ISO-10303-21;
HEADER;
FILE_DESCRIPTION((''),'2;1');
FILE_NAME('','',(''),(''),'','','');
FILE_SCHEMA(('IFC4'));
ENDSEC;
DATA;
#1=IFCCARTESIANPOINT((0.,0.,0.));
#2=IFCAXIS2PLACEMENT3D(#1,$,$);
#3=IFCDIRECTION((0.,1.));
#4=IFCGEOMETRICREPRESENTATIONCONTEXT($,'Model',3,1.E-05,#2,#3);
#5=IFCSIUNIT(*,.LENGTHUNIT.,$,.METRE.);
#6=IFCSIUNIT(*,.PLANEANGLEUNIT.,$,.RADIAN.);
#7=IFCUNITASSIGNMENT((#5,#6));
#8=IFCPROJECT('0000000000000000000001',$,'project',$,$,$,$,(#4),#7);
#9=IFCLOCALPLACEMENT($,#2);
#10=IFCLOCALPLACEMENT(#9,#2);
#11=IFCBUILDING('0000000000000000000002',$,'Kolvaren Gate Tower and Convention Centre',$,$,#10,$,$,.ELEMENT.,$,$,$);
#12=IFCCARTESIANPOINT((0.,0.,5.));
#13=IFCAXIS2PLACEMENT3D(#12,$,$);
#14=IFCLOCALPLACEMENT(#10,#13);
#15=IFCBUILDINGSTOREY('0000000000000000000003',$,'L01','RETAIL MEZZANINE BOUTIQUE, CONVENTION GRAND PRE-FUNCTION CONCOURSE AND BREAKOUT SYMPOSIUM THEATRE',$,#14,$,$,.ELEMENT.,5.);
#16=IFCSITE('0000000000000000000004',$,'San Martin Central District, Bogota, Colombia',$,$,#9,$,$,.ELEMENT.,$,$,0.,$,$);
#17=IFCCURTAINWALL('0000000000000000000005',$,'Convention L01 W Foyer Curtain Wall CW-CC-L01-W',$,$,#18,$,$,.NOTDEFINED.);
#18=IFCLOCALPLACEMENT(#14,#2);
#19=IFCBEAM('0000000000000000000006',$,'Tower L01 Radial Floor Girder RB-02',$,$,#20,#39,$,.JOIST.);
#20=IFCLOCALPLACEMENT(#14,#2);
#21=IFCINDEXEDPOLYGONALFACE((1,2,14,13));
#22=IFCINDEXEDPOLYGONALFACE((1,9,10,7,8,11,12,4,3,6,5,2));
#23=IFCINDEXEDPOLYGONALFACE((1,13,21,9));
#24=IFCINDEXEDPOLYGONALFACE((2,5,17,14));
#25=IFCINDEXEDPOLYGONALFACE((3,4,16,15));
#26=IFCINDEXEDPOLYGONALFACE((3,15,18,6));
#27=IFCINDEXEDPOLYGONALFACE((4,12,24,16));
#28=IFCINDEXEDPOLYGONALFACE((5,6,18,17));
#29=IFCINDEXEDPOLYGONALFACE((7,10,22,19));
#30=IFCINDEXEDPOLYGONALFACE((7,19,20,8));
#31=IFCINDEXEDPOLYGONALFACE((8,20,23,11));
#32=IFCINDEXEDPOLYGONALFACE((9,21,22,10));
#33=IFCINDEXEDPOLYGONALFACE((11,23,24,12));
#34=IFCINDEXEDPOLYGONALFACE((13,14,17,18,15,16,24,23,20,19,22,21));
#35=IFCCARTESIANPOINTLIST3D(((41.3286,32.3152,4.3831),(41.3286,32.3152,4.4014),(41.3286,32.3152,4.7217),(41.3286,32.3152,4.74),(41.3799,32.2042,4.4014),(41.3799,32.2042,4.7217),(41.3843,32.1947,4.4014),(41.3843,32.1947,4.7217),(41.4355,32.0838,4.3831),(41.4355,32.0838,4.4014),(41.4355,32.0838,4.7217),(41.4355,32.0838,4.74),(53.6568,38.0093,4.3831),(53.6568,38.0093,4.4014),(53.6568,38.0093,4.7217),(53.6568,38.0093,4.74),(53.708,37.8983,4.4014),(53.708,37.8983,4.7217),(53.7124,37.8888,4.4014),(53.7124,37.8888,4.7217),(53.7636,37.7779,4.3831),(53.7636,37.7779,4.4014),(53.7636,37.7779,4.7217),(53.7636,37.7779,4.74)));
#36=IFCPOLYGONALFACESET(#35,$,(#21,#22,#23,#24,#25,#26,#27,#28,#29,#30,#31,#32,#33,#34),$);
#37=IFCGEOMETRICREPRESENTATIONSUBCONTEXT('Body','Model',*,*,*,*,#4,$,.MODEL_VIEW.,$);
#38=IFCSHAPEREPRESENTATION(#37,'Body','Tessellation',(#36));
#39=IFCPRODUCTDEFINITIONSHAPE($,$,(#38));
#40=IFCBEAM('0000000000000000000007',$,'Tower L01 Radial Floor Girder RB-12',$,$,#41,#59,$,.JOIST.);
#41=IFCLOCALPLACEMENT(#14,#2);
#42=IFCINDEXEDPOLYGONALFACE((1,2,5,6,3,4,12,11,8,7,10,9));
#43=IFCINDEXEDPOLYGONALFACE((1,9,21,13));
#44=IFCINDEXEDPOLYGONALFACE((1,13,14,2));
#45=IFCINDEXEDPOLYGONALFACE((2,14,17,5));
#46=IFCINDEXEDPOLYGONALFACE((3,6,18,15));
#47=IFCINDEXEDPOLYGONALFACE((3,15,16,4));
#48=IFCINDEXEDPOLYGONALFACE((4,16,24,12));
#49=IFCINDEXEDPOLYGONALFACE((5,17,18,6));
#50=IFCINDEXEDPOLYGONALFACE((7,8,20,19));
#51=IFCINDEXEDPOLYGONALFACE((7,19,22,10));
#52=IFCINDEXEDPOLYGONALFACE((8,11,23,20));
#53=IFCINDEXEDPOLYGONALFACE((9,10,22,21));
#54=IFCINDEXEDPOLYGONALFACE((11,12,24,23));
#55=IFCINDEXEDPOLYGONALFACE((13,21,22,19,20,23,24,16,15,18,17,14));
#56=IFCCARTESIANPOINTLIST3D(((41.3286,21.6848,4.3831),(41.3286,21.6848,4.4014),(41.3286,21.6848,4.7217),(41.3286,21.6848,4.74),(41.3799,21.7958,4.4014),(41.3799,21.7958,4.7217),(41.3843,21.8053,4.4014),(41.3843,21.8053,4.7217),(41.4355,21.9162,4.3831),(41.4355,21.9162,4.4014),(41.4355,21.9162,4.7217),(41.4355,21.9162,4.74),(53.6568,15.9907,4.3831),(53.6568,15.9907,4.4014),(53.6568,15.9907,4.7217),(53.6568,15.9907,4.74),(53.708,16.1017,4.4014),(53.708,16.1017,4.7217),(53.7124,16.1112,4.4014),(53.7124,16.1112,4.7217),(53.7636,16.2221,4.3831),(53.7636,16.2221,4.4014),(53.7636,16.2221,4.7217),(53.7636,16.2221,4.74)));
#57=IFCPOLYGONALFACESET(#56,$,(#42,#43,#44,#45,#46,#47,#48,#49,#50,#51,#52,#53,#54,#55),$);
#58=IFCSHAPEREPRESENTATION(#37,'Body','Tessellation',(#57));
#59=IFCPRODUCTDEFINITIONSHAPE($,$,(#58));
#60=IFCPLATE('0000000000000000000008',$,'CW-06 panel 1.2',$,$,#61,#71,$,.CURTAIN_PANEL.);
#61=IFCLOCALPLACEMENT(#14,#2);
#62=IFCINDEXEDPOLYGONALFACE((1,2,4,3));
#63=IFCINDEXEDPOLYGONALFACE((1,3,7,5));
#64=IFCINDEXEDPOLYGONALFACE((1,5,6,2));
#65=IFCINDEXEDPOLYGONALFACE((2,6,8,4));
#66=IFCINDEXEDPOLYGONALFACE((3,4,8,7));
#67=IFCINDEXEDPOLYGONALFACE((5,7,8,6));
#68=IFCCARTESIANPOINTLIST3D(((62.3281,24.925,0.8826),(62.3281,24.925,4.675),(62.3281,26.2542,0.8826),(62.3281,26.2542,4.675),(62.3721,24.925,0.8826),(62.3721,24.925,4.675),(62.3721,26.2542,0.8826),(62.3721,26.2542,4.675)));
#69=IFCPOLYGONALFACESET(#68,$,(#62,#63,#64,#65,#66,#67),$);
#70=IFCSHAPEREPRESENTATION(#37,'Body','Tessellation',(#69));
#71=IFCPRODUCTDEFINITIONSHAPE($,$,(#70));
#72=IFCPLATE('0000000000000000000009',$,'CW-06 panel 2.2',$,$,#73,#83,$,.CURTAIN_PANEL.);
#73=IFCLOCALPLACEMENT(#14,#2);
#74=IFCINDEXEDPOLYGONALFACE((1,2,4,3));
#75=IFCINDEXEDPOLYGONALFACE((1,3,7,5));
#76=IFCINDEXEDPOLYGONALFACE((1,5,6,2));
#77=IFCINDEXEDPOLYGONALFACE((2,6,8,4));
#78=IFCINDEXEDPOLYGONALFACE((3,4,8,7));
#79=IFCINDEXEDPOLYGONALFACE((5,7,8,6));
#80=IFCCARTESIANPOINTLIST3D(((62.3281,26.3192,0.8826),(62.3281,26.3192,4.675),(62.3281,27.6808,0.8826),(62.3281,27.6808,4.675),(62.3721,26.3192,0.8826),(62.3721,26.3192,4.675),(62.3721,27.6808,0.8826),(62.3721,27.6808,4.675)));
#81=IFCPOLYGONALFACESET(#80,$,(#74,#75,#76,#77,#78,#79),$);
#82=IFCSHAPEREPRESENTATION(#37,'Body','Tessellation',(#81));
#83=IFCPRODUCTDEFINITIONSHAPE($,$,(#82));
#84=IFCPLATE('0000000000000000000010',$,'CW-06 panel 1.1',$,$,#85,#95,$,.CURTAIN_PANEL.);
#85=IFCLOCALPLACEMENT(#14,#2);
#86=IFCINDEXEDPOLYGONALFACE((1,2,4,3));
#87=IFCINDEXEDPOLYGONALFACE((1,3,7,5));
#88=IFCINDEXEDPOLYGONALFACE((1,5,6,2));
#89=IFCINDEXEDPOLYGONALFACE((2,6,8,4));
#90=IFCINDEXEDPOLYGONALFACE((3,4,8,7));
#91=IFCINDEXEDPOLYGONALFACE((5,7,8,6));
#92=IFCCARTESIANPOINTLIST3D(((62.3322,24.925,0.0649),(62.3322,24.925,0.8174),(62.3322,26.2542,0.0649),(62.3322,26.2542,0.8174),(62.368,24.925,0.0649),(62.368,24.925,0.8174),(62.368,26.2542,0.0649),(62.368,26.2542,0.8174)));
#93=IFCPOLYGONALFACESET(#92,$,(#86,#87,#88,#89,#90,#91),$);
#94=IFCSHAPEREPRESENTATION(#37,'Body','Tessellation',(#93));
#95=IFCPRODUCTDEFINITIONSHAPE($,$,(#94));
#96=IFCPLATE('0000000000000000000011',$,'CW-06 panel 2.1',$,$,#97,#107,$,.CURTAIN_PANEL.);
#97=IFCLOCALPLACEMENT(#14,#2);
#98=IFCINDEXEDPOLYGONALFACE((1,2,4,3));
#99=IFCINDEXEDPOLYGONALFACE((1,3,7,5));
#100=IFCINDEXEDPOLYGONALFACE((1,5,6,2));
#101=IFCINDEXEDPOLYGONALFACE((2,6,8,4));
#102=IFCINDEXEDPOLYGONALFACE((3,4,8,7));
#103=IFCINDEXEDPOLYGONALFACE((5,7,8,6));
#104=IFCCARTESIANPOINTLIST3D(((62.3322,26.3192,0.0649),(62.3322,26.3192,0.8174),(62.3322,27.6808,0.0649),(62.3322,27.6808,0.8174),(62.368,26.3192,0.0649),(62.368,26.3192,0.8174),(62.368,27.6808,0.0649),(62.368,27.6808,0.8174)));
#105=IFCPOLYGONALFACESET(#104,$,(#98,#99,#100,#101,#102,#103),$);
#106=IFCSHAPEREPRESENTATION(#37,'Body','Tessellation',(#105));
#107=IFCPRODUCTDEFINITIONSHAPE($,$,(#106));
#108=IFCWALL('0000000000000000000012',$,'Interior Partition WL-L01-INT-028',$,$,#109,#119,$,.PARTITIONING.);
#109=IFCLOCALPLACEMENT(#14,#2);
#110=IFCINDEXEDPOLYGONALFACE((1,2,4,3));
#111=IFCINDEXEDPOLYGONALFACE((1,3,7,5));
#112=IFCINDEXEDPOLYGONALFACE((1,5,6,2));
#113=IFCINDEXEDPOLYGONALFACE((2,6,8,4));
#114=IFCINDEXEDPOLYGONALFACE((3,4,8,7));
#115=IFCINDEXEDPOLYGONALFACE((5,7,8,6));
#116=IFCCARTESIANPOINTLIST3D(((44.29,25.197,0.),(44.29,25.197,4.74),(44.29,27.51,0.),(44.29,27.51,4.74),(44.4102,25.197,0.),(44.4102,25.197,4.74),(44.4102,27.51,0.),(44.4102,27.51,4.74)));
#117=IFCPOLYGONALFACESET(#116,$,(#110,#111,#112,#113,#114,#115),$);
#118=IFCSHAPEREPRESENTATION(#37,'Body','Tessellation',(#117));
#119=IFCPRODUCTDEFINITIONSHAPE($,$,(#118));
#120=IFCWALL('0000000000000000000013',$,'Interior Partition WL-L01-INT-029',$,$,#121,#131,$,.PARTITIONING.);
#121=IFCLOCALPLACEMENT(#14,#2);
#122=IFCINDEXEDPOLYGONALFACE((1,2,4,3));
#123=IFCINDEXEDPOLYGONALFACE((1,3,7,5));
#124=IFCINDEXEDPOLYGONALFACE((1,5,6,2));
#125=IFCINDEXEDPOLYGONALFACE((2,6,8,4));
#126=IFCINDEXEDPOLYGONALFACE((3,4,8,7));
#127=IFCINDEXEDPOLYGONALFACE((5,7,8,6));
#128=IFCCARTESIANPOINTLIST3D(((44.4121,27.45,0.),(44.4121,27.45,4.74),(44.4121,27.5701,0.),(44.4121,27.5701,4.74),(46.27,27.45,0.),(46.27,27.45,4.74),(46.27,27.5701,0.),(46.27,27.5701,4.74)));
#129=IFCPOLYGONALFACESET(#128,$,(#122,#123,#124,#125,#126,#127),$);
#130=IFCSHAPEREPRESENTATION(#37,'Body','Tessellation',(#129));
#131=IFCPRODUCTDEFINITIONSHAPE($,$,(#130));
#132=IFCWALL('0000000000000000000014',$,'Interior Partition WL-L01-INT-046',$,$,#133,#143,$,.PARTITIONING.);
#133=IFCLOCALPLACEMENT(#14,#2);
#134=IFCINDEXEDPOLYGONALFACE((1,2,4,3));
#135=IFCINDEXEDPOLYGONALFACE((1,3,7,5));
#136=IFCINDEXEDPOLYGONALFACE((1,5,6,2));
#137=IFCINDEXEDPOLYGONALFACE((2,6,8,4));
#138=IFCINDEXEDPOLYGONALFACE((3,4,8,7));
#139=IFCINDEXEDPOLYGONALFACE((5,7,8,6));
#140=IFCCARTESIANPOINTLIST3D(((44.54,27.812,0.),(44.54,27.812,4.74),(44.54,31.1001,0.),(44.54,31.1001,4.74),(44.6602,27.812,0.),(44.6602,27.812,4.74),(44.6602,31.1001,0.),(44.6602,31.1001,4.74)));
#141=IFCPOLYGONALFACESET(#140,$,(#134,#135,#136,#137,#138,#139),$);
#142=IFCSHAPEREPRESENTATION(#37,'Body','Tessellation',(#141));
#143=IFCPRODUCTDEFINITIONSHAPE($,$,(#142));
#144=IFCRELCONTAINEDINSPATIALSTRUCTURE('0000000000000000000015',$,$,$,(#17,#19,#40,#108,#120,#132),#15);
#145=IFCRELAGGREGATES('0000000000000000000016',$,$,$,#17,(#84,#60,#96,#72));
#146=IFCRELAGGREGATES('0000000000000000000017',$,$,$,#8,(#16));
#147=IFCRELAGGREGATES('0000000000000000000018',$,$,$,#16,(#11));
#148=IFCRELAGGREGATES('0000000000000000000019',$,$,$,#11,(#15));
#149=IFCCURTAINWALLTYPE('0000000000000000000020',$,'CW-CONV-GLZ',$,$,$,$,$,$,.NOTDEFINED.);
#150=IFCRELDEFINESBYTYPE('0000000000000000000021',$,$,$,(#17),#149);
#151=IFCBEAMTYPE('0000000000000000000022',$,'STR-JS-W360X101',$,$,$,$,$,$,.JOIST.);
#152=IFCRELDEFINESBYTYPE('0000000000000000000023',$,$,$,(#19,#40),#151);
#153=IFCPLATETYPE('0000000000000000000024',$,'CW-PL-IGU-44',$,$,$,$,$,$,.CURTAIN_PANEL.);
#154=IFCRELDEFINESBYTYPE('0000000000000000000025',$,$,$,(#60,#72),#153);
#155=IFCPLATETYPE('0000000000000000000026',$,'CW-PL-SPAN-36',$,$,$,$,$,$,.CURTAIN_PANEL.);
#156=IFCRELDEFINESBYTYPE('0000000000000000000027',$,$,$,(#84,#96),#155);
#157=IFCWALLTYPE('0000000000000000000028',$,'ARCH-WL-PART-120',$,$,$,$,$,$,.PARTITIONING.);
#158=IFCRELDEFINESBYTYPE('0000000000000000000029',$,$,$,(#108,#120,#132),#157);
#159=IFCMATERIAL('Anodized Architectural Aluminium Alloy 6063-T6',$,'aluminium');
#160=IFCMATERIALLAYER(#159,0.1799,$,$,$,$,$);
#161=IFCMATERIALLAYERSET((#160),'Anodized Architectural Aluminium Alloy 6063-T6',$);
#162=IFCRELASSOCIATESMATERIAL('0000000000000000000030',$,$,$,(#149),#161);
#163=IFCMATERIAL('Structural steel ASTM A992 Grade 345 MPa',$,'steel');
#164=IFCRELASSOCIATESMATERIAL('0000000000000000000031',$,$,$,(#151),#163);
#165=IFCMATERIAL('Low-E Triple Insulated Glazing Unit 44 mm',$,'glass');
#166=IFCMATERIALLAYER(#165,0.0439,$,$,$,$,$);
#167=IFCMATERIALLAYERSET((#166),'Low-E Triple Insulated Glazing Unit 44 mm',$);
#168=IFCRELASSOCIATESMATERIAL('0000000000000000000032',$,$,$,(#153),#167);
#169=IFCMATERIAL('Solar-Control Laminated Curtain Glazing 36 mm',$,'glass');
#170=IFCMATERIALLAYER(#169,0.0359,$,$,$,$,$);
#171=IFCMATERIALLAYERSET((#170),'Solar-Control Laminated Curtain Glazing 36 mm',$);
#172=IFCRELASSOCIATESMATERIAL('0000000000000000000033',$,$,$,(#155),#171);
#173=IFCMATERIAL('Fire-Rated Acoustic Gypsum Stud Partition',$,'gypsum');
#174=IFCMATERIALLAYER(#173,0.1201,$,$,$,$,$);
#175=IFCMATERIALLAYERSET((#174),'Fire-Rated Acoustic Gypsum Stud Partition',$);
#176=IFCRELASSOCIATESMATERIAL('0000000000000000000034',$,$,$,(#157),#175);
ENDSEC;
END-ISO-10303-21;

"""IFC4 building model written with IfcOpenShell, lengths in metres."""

from ifc_helpers import new_model, si_unit, direction, frame, frame_2d, origin, origin_2d, place, context, subcontext, project, spatial, rectangle, i_section, extrude, material, layer, layer_set, material_profile, profile_set, type_object, element, aggregate, save


model = new_model("IFC4")

# Units and contexts
model_context = context("Model", 3, precision=1e-05, world=origin(), true_north=direction((0.0, 1.0)))
body_context = subcontext(model_context, "Body", "Model", "MODEL_VIEW")
ifc_project = project(units=[si_unit("LENGTHUNIT", "METRE"), si_unit("PLANEANGLEUNIT", "RADIAN")], contexts=[model_context])

# Site, building, storey
site_placement = place(None, origin())
site = spatial("IfcSite", under=ifc_project, at=site_placement, Name="San Martin Central District, Bogota, Colombia", CompositionType="ELEMENT", RefElevation=0.0)
building_placement = place(site_placement, origin())
building = spatial("IfcBuilding", under=site, at=building_placement, Name="Kolvaren Gate Tower and Convention Centre", CompositionType="ELEMENT")
storey_placement = place(building_placement, frame((0.0, 0.0, 5.0)))
storey = spatial("IfcBuildingStorey", under=building, at=storey_placement, Name="L01", Description="RETAIL MEZZANINE BOUTIQUE, CONVENTION GRAND PRE-FUNCTION CONCOURSE AND BREAKOUT SYMPOSIUM THEATRE", CompositionType="ELEMENT", Elevation=5.0)

# Curtain wall
ifc_material_1 = material(Name="Anodized Architectural Aluminium Alloy 6063-T6", Category="aluminium")
ifc_layer_1 = layer(ifc_material_1, 0.1799)
ifc_layer_set_1 = layer_set([ifc_layer_1], Name="Anodized Architectural Aluminium Alloy 6063-T6")
curtain_wall_type = type_object("IfcCurtainWallType", Name="CW-CONV-GLZ", PredefinedType="NOTDEFINED", material=ifc_layer_set_1)
curtain_wall_placement = place(storey_placement, origin())
curtain_wall = element("IfcCurtainWall", 1, at=curtain_wall_placement, inside=storey, type_object=curtain_wall_type, Name="Convention L01 W Foyer Curtain Wall CW-CC-L01-W", PredefinedType="NOTDEFINED")

# Beams
ifc_material_2 = material(Name="Structural steel ASTM A992 Grade 345 MPa", Category="steel")
ifc_material_profile_1 = material_profile(ifc_material_2, i_section(OverallWidth=0.2549, OverallDepth=0.3569, WebThickness=0.0105, FlangeThickness=0.0183, at=origin_2d()), Name="W360X101")
ifc_profile_set_1 = profile_set([ifc_material_profile_1], Name="Structural steel ASTM A992 Grade 345 MPa")
beam_type_1 = type_object("IfcBeamType", Name="STR-JS-W360X101", PredefinedType="JOIST", material=ifc_profile_set_1)
for number, where, z_axis, x_axis, name in (
    (2, (41.3821, 32.1995, 4.5615), (0.907842, 0.419312, 0.0), (-0.419312, 0.907842, 0.0), "Tower L01 Radial Floor Girder RB-02"),
    (3, (41.3821, 21.8005, 4.5615), (0.907842, -0.419312, 0.0), (0.419312, 0.907842, 0.0), "Tower L01 Radial Floor Girder RB-12"),
):
    element("IfcBeam", number, at=place(storey_placement, frame(where, z_axis=z_axis, x_axis=x_axis)), inside=storey, type_object=beam_type_1, Name=name, PredefinedType="JOIST", context=body_context, shape_type="SweptSolid", body=[
        extrude(i_section(OverallWidth=0.2549, OverallDepth=0.3569, WebThickness=0.0105, FlangeThickness=0.0183, at=origin_2d()), origin(), (0.0, 0.0, 1.0), 13.5796),
    ])

# Plates
ifc_material_3 = material(Name="Low-E Triple Insulated Glazing Unit 44 mm", Category="glass")
ifc_layer_2 = layer(ifc_material_3, 0.0439)
ifc_layer_set_2 = layer_set([ifc_layer_2], Name="Low-E Triple Insulated Glazing Unit 44 mm")
plate_type_1 = type_object("IfcPlateType", Name="CW-PL-IGU-44", PredefinedType="CURTAIN_PANEL", material=ifc_layer_set_2)
plate_1_placement = place(storey_placement, frame((62.3501, 25.5896, 0.8826), z_axis=(0.0, 0.0, 1.0), x_axis=(0.0, 1.0, 0.0)))
plate_1 = element("IfcPlate", 4, at=plate_1_placement, type_object=plate_type_1, Name="CW-06 panel 1.2", PredefinedType="CURTAIN_PANEL", context=body_context, shape_type="SweptSolid", body=[
    extrude(rectangle(XDim=1.3291, YDim=0.0439, at=origin_2d()), origin(), (0.0, 0.0, 1.0), 3.7925),
])
plate_2_placement = place(storey_placement, frame((62.3501, 27.0, 0.8826), z_axis=(0.0, 0.0, 1.0), x_axis=(0.0, 1.0, 0.0)))
plate_2 = element("IfcPlate", 5, at=plate_2_placement, type_object=plate_type_1, Name="CW-06 panel 2.2", PredefinedType="CURTAIN_PANEL", context=body_context, shape_type="SweptSolid", body=[
    extrude(rectangle(XDim=1.3616, YDim=0.0439, at=origin_2d()), origin(), (0.0, 0.0, 1.0), 3.7925),
])
ifc_material_4 = material(Name="Solar-Control Laminated Curtain Glazing 36 mm", Category="glass")
ifc_layer_3 = layer(ifc_material_4, 0.0359)
ifc_layer_set_3 = layer_set([ifc_layer_3], Name="Solar-Control Laminated Curtain Glazing 36 mm")
plate_type_2 = type_object("IfcPlateType", Name="CW-PL-SPAN-36", PredefinedType="CURTAIN_PANEL", material=ifc_layer_set_3)
plate_3_placement = place(storey_placement, frame((62.3501, 25.5896, 0.0649), z_axis=(0.0, 0.0, 1.0), x_axis=(0.0, 1.0, 0.0)))
plate_3 = element("IfcPlate", 6, at=plate_3_placement, type_object=plate_type_2, Name="CW-06 panel 1.1", PredefinedType="CURTAIN_PANEL", context=body_context, shape_type="SweptSolid", body=[
    extrude(rectangle(XDim=1.3291, YDim=0.0359, at=origin_2d()), origin(), (0.0, 0.0, 1.0), 0.7524),
])
plate_4_placement = place(storey_placement, frame((62.3501, 27.0, 0.0649), z_axis=(0.0, 0.0, 1.0), x_axis=(0.0, 1.0, 0.0)))
plate_4 = element("IfcPlate", 7, at=plate_4_placement, type_object=plate_type_2, Name="CW-06 panel 2.1", PredefinedType="CURTAIN_PANEL", context=body_context, shape_type="SweptSolid", body=[
    extrude(rectangle(XDim=1.3616, YDim=0.0359, at=origin_2d()), origin(), (0.0, 0.0, 1.0), 0.7524),
])
aggregate(curtain_wall, [plate_3, plate_1, plate_4, plate_2])

# Walls
ifc_material_5 = material(Name="Fire-Rated Acoustic Gypsum Stud Partition", Category="gypsum")
ifc_layer_4 = layer(ifc_material_5, 0.1201)
ifc_layer_set_4 = layer_set([ifc_layer_4], Name="Fire-Rated Acoustic Gypsum Stud Partition")
wall_type = type_object("IfcWallType", Name="ARCH-WL-PART-120", PredefinedType="PARTITIONING", material=ifc_layer_set_4)
wall_1_placement = place(storey_placement, frame((44.3501, 25.197, 0.0), z_axis=(0.0, 0.0, 1.0), x_axis=(0.0, 1.0, 0.0)))
element("IfcWall", 8, at=wall_1_placement, inside=storey, type_object=wall_type, Name="Interior Partition WL-L01-INT-028", PredefinedType="PARTITIONING", context=body_context, shape_type="SweptSolid", body=[
    extrude(rectangle(XDim=2.313, YDim=0.1201, at=frame_2d((1.1565, 0.0))), origin(), (0.0, 0.0, 1.0), 4.74),
])
wall_2_placement = place(storey_placement, frame((44.4121, 27.51, 0.0), z_axis=(0.0, 0.0, 1.0), x_axis=(1.0, 0.0, 0.0)))
element("IfcWall", 9, at=wall_2_placement, inside=storey, type_object=wall_type, Name="Interior Partition WL-L01-INT-029", PredefinedType="PARTITIONING", context=body_context, shape_type="SweptSolid", body=[
    extrude(rectangle(XDim=1.8579, YDim=0.1201, at=frame_2d((0.929, 0.0))), origin(), (0.0, 0.0, 1.0), 4.74),
])
wall_3_placement = place(storey_placement, frame((44.6001, 27.812, 0.0), z_axis=(0.0, 0.0, 1.0), x_axis=(0.0, 1.0, 0.0)))
element("IfcWall", 10, at=wall_3_placement, inside=storey, type_object=wall_type, Name="Interior Partition WL-L01-INT-046", PredefinedType="PARTITIONING", context=body_context, shape_type="SweptSolid", body=[
    extrude(rectangle(XDim=3.2881, YDim=0.1201, at=frame_2d((1.644, 0.0))), origin(), (0.0, 0.0, 1.0), 4.74),
])

save(model, "model.ifc")
